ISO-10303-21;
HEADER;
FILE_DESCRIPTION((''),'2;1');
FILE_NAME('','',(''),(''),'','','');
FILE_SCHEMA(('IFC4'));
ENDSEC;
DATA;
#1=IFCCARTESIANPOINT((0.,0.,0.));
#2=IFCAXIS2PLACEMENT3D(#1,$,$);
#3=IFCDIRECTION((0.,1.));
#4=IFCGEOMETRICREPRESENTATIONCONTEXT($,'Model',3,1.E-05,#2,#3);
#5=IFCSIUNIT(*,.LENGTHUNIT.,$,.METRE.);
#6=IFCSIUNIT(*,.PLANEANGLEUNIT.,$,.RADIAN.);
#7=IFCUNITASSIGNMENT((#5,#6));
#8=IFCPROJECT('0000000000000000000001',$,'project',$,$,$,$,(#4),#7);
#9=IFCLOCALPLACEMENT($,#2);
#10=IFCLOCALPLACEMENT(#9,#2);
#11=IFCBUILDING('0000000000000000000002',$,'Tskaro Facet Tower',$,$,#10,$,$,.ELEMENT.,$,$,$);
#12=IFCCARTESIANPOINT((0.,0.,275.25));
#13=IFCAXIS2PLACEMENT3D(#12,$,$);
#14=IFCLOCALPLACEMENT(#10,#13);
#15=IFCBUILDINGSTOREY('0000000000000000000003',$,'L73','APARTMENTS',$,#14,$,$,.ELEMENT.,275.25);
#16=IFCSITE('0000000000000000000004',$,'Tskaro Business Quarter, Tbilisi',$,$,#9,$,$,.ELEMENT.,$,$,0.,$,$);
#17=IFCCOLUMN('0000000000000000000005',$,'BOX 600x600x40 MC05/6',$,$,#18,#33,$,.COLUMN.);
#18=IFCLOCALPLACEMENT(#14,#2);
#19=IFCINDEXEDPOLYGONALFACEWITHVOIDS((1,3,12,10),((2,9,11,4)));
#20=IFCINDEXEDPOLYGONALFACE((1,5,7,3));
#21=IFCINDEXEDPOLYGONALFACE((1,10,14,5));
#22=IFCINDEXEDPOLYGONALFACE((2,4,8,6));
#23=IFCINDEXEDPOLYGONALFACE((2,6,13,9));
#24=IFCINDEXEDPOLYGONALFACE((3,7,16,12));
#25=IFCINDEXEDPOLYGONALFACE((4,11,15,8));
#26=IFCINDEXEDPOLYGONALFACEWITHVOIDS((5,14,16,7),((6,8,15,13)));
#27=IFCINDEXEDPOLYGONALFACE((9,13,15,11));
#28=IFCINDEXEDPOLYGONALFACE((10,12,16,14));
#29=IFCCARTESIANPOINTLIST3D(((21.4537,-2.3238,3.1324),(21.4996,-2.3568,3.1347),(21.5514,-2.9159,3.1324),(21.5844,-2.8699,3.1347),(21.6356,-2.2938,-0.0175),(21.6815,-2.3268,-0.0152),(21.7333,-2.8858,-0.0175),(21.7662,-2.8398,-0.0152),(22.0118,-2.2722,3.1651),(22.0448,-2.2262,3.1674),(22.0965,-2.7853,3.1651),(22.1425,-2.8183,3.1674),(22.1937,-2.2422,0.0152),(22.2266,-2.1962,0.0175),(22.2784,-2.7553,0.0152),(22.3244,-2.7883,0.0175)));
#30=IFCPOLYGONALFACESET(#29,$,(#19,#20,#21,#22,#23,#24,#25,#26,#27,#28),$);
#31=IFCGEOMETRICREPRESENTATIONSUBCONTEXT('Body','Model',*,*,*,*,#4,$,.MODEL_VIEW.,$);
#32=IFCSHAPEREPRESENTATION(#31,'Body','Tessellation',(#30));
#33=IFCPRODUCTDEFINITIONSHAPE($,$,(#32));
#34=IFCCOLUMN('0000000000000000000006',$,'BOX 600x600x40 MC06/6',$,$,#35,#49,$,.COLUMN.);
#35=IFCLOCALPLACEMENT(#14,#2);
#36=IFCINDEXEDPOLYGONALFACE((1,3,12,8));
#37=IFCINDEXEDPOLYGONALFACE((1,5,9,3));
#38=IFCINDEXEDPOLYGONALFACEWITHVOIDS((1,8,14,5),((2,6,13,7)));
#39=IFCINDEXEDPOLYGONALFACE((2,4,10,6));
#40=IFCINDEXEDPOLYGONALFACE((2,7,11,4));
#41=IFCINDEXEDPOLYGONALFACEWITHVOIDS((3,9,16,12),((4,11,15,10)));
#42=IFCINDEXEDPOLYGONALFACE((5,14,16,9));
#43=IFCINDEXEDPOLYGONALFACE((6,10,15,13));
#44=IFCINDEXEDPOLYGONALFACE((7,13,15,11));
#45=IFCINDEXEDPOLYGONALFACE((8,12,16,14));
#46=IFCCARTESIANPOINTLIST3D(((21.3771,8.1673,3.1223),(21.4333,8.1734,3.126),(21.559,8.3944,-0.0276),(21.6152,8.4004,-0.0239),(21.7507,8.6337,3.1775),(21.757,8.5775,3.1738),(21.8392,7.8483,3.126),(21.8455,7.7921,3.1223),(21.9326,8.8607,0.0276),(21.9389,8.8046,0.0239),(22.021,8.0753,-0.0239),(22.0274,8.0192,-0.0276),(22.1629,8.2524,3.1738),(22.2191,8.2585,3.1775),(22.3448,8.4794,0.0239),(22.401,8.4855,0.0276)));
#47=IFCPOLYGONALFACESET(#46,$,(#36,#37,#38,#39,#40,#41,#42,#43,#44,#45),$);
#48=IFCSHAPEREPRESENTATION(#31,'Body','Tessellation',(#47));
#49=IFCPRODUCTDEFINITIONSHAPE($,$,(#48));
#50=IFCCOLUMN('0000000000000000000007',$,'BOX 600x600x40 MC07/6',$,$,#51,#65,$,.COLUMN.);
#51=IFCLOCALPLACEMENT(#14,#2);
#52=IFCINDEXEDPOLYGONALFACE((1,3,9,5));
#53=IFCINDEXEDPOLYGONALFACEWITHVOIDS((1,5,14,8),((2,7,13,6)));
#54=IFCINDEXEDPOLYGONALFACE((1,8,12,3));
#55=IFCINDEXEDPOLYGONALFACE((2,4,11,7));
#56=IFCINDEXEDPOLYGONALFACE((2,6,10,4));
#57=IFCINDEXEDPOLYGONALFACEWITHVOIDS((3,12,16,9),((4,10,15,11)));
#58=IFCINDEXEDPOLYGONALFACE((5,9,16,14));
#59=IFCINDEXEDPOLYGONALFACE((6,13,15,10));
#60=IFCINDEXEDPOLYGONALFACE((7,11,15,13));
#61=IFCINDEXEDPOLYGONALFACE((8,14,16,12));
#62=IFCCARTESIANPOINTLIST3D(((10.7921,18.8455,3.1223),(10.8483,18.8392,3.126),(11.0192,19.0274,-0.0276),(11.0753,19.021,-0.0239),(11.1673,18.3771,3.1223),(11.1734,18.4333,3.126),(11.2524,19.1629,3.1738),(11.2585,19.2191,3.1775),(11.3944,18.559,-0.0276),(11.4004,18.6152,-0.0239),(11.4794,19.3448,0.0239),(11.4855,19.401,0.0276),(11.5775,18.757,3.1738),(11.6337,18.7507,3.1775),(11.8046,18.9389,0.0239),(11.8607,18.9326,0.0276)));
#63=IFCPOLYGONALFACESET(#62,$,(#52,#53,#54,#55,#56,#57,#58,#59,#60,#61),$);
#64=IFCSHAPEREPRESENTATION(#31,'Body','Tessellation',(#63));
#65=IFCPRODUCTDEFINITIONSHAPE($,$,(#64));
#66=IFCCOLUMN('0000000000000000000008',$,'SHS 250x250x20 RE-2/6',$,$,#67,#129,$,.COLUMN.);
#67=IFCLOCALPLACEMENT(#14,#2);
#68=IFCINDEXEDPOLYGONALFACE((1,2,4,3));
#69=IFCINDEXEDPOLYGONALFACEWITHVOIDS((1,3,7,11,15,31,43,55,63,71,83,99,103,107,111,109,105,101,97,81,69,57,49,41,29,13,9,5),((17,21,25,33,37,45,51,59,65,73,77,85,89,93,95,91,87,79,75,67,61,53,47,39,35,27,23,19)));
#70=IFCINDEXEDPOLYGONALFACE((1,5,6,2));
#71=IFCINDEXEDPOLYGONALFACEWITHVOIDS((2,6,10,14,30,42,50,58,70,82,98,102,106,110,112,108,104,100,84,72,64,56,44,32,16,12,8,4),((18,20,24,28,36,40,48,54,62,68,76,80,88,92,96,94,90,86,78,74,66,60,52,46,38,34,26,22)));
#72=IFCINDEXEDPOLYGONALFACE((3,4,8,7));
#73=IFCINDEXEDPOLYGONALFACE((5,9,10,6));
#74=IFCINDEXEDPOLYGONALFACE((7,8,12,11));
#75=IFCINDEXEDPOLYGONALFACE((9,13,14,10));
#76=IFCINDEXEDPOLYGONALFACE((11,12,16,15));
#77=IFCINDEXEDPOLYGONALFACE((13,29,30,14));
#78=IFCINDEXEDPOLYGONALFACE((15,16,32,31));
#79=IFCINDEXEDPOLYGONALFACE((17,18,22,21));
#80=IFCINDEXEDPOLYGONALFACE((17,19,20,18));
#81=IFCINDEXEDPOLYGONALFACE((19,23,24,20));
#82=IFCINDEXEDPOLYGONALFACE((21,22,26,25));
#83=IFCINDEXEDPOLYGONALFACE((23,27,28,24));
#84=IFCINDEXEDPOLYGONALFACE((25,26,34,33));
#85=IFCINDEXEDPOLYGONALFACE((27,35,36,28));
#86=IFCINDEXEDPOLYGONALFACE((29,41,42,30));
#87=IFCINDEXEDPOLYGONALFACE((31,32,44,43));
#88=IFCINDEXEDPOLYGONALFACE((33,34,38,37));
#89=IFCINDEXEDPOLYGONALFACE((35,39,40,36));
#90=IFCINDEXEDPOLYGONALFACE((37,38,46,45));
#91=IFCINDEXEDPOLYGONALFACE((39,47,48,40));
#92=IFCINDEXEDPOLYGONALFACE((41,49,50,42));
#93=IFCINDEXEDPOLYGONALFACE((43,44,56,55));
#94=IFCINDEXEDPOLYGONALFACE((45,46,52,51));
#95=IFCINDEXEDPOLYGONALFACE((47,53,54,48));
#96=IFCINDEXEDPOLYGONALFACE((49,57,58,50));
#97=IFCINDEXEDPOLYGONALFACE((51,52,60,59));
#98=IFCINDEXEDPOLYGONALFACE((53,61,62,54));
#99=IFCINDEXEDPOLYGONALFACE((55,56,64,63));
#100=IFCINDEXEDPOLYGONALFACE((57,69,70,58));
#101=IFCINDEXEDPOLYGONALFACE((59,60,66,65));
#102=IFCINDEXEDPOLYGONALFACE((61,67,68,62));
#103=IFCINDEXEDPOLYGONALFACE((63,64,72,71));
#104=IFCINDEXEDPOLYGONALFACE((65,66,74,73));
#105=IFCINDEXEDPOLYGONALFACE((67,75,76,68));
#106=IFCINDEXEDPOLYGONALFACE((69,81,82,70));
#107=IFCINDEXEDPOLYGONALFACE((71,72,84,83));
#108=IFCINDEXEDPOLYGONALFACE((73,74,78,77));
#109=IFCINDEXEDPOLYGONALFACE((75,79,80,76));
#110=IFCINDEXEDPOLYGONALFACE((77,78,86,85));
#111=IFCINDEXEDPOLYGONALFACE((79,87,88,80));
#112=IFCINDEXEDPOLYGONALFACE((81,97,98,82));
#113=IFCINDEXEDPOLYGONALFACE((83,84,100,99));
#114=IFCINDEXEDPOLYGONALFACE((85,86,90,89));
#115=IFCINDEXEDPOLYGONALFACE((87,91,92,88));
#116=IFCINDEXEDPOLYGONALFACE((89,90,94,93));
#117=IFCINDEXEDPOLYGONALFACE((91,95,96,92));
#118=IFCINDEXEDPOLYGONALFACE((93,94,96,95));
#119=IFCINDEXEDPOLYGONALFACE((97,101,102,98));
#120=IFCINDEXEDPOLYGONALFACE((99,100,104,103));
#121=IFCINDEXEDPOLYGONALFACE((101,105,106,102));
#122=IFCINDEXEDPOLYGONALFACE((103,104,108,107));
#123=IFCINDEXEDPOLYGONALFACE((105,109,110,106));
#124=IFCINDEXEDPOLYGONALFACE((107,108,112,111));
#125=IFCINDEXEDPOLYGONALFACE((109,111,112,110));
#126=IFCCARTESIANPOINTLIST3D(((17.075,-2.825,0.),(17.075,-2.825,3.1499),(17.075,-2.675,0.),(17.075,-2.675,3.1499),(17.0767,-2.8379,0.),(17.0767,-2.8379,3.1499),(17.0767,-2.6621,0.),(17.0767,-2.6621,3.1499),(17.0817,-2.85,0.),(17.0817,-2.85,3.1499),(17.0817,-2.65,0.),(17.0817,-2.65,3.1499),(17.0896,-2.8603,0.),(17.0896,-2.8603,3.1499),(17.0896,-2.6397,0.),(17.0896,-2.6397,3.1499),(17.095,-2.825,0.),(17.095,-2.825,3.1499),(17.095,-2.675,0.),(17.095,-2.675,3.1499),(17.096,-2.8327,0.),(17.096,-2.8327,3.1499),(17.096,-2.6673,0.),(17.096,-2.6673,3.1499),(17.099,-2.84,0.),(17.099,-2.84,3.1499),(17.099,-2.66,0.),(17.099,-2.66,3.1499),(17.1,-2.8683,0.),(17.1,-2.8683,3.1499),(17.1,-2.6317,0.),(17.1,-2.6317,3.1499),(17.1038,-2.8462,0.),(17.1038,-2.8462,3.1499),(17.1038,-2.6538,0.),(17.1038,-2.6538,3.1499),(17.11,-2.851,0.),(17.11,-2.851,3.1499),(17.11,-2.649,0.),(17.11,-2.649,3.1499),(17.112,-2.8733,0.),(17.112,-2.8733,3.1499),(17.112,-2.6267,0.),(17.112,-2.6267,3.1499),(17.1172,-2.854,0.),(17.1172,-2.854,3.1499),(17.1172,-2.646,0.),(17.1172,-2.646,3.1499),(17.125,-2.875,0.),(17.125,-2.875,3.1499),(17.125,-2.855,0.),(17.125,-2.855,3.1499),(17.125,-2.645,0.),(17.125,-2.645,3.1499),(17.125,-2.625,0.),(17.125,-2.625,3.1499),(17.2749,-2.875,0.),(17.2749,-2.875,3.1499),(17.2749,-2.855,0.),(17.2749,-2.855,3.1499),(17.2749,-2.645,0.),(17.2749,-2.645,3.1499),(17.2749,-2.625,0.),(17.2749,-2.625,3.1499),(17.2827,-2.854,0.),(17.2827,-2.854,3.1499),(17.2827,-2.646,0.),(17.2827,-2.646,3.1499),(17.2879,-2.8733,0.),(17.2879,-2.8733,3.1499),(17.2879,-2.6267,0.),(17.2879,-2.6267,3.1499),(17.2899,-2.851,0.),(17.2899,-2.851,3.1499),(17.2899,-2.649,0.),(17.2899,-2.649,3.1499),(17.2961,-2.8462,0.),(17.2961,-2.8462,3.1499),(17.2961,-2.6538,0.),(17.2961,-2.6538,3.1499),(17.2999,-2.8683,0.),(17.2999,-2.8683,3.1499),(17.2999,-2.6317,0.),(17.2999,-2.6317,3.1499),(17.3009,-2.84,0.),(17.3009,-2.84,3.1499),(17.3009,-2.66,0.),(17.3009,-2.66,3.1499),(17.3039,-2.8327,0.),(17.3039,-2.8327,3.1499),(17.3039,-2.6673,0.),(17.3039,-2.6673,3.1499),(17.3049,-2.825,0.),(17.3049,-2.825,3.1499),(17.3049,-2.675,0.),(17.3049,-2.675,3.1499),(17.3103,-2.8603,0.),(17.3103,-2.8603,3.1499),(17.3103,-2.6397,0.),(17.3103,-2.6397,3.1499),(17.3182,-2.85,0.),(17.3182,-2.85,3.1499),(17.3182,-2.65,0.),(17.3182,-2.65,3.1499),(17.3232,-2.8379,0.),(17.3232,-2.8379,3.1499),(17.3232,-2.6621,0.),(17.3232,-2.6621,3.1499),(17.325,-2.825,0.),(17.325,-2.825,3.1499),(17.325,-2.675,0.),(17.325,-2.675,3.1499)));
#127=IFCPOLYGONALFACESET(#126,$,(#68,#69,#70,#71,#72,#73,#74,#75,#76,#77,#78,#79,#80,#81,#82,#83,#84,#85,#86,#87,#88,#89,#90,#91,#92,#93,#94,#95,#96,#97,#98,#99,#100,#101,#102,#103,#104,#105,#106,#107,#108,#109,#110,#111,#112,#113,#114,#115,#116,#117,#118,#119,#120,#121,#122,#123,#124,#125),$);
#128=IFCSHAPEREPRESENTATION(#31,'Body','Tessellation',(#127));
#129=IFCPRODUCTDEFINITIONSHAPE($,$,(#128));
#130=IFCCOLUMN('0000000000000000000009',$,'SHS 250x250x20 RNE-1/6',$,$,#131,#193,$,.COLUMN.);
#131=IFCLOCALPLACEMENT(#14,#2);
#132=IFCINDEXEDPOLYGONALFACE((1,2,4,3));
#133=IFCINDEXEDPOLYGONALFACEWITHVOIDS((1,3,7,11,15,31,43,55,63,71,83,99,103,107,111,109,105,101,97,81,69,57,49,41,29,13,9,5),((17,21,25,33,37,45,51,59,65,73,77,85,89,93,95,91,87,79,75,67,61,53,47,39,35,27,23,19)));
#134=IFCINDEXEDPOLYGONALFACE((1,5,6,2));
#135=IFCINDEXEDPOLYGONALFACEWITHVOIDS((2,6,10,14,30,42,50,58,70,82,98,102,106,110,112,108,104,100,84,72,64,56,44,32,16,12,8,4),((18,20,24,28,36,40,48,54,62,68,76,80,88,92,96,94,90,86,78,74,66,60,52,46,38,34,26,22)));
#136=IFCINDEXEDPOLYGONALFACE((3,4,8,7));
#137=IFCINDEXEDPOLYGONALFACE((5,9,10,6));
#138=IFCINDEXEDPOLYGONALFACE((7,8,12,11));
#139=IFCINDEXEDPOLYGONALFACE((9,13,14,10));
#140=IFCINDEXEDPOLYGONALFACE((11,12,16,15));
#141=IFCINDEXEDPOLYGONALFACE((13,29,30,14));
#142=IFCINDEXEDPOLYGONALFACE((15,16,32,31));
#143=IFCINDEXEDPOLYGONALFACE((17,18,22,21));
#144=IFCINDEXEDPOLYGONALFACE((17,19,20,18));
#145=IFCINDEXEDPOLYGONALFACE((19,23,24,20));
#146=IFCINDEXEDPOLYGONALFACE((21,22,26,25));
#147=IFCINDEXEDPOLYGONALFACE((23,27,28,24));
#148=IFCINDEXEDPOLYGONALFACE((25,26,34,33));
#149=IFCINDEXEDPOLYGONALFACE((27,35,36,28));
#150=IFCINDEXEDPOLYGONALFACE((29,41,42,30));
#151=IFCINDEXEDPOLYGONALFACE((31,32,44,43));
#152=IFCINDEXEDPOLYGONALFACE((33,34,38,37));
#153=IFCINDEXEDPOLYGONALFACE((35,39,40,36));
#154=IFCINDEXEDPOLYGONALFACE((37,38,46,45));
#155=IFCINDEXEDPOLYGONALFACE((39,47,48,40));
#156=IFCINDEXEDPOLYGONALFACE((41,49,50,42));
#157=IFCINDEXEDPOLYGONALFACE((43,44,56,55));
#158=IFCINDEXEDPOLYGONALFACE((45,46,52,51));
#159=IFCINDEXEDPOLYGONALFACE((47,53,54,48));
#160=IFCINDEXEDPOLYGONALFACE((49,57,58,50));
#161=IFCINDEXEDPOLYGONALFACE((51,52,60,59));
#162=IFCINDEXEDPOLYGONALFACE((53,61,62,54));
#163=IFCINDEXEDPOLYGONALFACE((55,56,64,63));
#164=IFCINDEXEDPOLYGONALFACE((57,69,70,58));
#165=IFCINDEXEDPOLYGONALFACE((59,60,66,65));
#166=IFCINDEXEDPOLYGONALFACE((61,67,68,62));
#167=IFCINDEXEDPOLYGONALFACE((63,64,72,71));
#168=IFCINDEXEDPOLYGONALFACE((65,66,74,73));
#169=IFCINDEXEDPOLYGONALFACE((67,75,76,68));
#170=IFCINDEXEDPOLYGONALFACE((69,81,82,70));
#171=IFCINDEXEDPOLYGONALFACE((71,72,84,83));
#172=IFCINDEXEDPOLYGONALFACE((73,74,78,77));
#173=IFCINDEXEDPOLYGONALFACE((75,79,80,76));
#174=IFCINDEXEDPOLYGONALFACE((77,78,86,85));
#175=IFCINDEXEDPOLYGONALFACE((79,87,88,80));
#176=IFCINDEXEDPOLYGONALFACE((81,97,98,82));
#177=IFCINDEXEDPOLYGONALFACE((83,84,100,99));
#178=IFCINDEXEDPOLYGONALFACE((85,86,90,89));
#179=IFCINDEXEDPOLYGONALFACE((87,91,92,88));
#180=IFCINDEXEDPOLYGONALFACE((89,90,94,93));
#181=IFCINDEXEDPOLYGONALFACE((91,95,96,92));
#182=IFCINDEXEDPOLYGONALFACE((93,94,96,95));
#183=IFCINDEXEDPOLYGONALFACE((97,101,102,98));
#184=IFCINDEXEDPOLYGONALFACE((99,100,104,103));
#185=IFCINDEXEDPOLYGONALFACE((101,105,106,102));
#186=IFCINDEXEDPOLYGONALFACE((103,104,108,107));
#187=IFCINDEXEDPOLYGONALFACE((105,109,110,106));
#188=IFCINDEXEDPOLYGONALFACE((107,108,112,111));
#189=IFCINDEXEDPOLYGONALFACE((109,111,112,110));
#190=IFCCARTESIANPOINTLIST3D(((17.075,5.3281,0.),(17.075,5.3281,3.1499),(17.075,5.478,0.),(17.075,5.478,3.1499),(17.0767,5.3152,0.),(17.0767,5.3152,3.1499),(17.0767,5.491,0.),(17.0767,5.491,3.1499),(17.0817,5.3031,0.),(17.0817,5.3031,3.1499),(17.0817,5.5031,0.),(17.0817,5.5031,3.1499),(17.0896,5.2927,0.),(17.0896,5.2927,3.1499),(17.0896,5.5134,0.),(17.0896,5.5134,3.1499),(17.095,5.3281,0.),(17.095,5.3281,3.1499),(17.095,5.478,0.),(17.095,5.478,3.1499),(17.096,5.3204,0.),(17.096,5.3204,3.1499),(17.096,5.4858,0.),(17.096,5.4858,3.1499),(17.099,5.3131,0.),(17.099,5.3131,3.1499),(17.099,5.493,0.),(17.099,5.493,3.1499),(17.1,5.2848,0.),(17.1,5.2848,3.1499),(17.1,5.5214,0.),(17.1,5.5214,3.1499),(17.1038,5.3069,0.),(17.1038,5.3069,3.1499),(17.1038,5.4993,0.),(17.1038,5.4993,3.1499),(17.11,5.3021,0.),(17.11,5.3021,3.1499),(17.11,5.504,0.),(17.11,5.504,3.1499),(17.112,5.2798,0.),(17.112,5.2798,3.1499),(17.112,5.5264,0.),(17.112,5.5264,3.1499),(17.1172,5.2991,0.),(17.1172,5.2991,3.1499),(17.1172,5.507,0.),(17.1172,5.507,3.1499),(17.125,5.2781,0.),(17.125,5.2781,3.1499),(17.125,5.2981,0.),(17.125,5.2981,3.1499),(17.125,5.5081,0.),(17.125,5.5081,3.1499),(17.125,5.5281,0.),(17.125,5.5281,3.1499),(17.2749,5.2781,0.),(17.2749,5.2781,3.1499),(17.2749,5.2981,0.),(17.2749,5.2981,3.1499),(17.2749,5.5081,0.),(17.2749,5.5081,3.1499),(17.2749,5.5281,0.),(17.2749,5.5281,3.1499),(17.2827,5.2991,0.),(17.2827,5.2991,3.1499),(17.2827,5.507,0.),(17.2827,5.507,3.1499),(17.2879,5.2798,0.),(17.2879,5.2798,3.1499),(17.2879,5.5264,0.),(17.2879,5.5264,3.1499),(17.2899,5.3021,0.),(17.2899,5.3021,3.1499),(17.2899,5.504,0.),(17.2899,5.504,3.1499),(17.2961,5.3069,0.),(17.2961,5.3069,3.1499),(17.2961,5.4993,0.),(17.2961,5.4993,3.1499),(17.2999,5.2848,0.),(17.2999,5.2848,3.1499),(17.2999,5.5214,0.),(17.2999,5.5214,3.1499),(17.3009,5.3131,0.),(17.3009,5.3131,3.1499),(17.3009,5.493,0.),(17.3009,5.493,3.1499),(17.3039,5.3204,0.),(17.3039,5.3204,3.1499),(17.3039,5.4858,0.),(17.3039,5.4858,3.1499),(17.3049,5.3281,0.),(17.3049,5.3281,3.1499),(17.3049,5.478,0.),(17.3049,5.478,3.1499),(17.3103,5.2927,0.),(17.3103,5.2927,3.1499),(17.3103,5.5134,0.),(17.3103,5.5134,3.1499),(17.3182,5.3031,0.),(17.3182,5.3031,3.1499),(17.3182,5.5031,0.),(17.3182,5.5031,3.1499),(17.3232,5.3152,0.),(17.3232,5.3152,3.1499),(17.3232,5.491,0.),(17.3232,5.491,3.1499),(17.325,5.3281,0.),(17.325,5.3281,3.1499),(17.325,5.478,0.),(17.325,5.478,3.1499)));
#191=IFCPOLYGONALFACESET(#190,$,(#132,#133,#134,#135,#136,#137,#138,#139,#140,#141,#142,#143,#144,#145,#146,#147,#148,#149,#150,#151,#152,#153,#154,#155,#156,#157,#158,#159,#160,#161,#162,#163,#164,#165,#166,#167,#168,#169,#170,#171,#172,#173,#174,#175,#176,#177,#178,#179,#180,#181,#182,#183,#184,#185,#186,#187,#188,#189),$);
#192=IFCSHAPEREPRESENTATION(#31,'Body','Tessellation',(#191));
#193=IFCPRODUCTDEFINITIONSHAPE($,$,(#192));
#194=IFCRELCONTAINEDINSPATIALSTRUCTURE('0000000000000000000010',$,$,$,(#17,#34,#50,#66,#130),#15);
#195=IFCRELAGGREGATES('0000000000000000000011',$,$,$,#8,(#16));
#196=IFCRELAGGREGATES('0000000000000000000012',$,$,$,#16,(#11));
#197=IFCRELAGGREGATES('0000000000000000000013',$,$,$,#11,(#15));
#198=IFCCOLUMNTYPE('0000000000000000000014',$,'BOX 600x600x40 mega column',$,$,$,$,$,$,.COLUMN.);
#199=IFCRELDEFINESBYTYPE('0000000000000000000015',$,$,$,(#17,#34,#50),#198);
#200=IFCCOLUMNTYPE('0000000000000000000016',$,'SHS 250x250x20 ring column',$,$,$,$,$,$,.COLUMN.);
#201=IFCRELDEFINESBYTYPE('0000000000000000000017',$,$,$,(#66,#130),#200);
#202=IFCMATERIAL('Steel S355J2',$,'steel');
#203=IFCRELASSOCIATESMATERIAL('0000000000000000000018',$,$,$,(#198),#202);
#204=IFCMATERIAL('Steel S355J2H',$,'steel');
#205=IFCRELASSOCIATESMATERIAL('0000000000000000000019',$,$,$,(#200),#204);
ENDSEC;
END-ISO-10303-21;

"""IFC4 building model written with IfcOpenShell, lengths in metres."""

from ifc_helpers import new_model, si_unit, direction, frame, origin, origin_2d, place, context, subcontext, project, spatial, hollow_rectangle, extrude, material, material_profile, profile_set, type_object, element, save


model = new_model("IFC4")

# Units and contexts
model_context = context("Model", 3, precision=1e-05, world=origin(), true_north=direction((0.0, 1.0)))
body_context = subcontext(model_context, "Body", "Model", "MODEL_VIEW")
ifc_project = project(units=[si_unit("LENGTHUNIT", "METRE"), si_unit("PLANEANGLEUNIT", "RADIAN")], contexts=[model_context])

# Site, building, storey
site_placement = place(None, origin())
site = spatial("IfcSite", under=ifc_project, at=site_placement, Name="Tskaro Business Quarter, Tbilisi", CompositionType="ELEMENT", RefElevation=0.0)
building_placement = place(site_placement, origin())
building = spatial("IfcBuilding", under=site, at=building_placement, Name="Tskaro Facet Tower", CompositionType="ELEMENT")
storey_placement = place(building_placement, frame((0.0, 0.0, 275.25)))
storey = spatial("IfcBuildingStorey", under=building, at=storey_placement, Name="L73", Description="APARTMENTS", CompositionType="ELEMENT", Elevation=275.25)

# Columns
ifc_material_1 = material(Name="Steel S355J2", Category="steel")
ifc_material_profile_1 = material_profile(ifc_material_1, hollow_rectangle(XDim=0.6001, YDim=0.6001, WallThickness=0.04, at=origin_2d()), Name="BOX 600x600x40")
ifc_profile_set_1 = profile_set([ifc_material_profile_1], Name="Steel S355J2")
column_type_1 = type_object("IfcColumnType", Name="BOX 600x600x40 mega column", PredefinedType="COLUMN", material=ifc_profile_set_1)
column_placement = place(storey_placement, frame((21.98, -2.541, 0.0), z_axis=(-0.057644, -0.009517, 0.998292), x_axis=(0.162895, -0.986643, 0.0)))
element("IfcColumn", 1, at=column_placement, inside=storey, type_object=column_type_1, Name="BOX 600x600x40 MC05/6", PredefinedType="COLUMN", context=body_context, shape_type="SweptSolid", body=[
    extrude(hollow_rectangle(XDim=0.6001, YDim=0.6001, WallThickness=0.04, at=origin_2d()), origin(), (0.0, 0.0, 1.0), 3.1553),
])
for number, where, z_axis, x_axis, name in (
    (2, (21.98, 8.4399, 0.0), (-0.057498, -0.071776, 0.995762), (0.780459, -0.625207, 0.0), "BOX 600x600x40 MC06/6"),
    (3, (11.4399, 18.98, 0.0), (-0.071776, -0.057498, 0.995762), (0.625207, -0.780459, 0.0), "BOX 600x600x40 MC07/6"),
):
    element("IfcColumn", number, at=place(storey_placement, frame(where, z_axis=z_axis, x_axis=x_axis)), inside=storey, type_object=column_type_1, Name=name, PredefinedType="COLUMN", context=body_context, shape_type="SweptSolid", body=[
        extrude(hollow_rectangle(XDim=0.6001, YDim=0.6001, WallThickness=0.04, at=origin_2d()), origin(), (0.0, 0.0, 1.0), 3.1633),
    ])
ifc_material_2 = material(Name="Steel S355J2H", Category="steel")
ifc_material_profile_2 = material_profile(ifc_material_2, hollow_rectangle(XDim=0.25, YDim=0.25, WallThickness=0.02, InnerFilletRadius=0.03, OuterFilletRadius=0.05, at=origin_2d()), Name="SHS 250x250x20")
ifc_profile_set_2 = profile_set([ifc_material_profile_2], Name="Steel S355J2H")
column_type_2 = type_object("IfcColumnType", Name="SHS 250x250x20 ring column", PredefinedType="COLUMN", material=ifc_profile_set_2)
for number, where, z_axis, x_axis, name in (
    (4, (17.2, -2.75, 0.0), (0.0, 0.0, 1.0), (1.0, 0.0, 0.0), "SHS 250x250x20 RE-2/6"),
    (5, (17.2, 5.4031, 0.0), (0.0, 0.0, 1.0), (1.0, 0.0, 0.0), "SHS 250x250x20 RNE-1/6"),
):
    element("IfcColumn", number, at=place(storey_placement, frame(where, z_axis=z_axis, x_axis=x_axis)), inside=storey, type_object=column_type_2, Name=name, PredefinedType="COLUMN", context=body_context, shape_type="SweptSolid", body=[
        extrude(hollow_rectangle(XDim=0.25, YDim=0.25, WallThickness=0.02, InnerFilletRadius=0.03, OuterFilletRadius=0.05, at=origin_2d()), origin(), (0.0, 0.0, 1.0), 3.1499),
    ])

save(model, "model.ifc")
